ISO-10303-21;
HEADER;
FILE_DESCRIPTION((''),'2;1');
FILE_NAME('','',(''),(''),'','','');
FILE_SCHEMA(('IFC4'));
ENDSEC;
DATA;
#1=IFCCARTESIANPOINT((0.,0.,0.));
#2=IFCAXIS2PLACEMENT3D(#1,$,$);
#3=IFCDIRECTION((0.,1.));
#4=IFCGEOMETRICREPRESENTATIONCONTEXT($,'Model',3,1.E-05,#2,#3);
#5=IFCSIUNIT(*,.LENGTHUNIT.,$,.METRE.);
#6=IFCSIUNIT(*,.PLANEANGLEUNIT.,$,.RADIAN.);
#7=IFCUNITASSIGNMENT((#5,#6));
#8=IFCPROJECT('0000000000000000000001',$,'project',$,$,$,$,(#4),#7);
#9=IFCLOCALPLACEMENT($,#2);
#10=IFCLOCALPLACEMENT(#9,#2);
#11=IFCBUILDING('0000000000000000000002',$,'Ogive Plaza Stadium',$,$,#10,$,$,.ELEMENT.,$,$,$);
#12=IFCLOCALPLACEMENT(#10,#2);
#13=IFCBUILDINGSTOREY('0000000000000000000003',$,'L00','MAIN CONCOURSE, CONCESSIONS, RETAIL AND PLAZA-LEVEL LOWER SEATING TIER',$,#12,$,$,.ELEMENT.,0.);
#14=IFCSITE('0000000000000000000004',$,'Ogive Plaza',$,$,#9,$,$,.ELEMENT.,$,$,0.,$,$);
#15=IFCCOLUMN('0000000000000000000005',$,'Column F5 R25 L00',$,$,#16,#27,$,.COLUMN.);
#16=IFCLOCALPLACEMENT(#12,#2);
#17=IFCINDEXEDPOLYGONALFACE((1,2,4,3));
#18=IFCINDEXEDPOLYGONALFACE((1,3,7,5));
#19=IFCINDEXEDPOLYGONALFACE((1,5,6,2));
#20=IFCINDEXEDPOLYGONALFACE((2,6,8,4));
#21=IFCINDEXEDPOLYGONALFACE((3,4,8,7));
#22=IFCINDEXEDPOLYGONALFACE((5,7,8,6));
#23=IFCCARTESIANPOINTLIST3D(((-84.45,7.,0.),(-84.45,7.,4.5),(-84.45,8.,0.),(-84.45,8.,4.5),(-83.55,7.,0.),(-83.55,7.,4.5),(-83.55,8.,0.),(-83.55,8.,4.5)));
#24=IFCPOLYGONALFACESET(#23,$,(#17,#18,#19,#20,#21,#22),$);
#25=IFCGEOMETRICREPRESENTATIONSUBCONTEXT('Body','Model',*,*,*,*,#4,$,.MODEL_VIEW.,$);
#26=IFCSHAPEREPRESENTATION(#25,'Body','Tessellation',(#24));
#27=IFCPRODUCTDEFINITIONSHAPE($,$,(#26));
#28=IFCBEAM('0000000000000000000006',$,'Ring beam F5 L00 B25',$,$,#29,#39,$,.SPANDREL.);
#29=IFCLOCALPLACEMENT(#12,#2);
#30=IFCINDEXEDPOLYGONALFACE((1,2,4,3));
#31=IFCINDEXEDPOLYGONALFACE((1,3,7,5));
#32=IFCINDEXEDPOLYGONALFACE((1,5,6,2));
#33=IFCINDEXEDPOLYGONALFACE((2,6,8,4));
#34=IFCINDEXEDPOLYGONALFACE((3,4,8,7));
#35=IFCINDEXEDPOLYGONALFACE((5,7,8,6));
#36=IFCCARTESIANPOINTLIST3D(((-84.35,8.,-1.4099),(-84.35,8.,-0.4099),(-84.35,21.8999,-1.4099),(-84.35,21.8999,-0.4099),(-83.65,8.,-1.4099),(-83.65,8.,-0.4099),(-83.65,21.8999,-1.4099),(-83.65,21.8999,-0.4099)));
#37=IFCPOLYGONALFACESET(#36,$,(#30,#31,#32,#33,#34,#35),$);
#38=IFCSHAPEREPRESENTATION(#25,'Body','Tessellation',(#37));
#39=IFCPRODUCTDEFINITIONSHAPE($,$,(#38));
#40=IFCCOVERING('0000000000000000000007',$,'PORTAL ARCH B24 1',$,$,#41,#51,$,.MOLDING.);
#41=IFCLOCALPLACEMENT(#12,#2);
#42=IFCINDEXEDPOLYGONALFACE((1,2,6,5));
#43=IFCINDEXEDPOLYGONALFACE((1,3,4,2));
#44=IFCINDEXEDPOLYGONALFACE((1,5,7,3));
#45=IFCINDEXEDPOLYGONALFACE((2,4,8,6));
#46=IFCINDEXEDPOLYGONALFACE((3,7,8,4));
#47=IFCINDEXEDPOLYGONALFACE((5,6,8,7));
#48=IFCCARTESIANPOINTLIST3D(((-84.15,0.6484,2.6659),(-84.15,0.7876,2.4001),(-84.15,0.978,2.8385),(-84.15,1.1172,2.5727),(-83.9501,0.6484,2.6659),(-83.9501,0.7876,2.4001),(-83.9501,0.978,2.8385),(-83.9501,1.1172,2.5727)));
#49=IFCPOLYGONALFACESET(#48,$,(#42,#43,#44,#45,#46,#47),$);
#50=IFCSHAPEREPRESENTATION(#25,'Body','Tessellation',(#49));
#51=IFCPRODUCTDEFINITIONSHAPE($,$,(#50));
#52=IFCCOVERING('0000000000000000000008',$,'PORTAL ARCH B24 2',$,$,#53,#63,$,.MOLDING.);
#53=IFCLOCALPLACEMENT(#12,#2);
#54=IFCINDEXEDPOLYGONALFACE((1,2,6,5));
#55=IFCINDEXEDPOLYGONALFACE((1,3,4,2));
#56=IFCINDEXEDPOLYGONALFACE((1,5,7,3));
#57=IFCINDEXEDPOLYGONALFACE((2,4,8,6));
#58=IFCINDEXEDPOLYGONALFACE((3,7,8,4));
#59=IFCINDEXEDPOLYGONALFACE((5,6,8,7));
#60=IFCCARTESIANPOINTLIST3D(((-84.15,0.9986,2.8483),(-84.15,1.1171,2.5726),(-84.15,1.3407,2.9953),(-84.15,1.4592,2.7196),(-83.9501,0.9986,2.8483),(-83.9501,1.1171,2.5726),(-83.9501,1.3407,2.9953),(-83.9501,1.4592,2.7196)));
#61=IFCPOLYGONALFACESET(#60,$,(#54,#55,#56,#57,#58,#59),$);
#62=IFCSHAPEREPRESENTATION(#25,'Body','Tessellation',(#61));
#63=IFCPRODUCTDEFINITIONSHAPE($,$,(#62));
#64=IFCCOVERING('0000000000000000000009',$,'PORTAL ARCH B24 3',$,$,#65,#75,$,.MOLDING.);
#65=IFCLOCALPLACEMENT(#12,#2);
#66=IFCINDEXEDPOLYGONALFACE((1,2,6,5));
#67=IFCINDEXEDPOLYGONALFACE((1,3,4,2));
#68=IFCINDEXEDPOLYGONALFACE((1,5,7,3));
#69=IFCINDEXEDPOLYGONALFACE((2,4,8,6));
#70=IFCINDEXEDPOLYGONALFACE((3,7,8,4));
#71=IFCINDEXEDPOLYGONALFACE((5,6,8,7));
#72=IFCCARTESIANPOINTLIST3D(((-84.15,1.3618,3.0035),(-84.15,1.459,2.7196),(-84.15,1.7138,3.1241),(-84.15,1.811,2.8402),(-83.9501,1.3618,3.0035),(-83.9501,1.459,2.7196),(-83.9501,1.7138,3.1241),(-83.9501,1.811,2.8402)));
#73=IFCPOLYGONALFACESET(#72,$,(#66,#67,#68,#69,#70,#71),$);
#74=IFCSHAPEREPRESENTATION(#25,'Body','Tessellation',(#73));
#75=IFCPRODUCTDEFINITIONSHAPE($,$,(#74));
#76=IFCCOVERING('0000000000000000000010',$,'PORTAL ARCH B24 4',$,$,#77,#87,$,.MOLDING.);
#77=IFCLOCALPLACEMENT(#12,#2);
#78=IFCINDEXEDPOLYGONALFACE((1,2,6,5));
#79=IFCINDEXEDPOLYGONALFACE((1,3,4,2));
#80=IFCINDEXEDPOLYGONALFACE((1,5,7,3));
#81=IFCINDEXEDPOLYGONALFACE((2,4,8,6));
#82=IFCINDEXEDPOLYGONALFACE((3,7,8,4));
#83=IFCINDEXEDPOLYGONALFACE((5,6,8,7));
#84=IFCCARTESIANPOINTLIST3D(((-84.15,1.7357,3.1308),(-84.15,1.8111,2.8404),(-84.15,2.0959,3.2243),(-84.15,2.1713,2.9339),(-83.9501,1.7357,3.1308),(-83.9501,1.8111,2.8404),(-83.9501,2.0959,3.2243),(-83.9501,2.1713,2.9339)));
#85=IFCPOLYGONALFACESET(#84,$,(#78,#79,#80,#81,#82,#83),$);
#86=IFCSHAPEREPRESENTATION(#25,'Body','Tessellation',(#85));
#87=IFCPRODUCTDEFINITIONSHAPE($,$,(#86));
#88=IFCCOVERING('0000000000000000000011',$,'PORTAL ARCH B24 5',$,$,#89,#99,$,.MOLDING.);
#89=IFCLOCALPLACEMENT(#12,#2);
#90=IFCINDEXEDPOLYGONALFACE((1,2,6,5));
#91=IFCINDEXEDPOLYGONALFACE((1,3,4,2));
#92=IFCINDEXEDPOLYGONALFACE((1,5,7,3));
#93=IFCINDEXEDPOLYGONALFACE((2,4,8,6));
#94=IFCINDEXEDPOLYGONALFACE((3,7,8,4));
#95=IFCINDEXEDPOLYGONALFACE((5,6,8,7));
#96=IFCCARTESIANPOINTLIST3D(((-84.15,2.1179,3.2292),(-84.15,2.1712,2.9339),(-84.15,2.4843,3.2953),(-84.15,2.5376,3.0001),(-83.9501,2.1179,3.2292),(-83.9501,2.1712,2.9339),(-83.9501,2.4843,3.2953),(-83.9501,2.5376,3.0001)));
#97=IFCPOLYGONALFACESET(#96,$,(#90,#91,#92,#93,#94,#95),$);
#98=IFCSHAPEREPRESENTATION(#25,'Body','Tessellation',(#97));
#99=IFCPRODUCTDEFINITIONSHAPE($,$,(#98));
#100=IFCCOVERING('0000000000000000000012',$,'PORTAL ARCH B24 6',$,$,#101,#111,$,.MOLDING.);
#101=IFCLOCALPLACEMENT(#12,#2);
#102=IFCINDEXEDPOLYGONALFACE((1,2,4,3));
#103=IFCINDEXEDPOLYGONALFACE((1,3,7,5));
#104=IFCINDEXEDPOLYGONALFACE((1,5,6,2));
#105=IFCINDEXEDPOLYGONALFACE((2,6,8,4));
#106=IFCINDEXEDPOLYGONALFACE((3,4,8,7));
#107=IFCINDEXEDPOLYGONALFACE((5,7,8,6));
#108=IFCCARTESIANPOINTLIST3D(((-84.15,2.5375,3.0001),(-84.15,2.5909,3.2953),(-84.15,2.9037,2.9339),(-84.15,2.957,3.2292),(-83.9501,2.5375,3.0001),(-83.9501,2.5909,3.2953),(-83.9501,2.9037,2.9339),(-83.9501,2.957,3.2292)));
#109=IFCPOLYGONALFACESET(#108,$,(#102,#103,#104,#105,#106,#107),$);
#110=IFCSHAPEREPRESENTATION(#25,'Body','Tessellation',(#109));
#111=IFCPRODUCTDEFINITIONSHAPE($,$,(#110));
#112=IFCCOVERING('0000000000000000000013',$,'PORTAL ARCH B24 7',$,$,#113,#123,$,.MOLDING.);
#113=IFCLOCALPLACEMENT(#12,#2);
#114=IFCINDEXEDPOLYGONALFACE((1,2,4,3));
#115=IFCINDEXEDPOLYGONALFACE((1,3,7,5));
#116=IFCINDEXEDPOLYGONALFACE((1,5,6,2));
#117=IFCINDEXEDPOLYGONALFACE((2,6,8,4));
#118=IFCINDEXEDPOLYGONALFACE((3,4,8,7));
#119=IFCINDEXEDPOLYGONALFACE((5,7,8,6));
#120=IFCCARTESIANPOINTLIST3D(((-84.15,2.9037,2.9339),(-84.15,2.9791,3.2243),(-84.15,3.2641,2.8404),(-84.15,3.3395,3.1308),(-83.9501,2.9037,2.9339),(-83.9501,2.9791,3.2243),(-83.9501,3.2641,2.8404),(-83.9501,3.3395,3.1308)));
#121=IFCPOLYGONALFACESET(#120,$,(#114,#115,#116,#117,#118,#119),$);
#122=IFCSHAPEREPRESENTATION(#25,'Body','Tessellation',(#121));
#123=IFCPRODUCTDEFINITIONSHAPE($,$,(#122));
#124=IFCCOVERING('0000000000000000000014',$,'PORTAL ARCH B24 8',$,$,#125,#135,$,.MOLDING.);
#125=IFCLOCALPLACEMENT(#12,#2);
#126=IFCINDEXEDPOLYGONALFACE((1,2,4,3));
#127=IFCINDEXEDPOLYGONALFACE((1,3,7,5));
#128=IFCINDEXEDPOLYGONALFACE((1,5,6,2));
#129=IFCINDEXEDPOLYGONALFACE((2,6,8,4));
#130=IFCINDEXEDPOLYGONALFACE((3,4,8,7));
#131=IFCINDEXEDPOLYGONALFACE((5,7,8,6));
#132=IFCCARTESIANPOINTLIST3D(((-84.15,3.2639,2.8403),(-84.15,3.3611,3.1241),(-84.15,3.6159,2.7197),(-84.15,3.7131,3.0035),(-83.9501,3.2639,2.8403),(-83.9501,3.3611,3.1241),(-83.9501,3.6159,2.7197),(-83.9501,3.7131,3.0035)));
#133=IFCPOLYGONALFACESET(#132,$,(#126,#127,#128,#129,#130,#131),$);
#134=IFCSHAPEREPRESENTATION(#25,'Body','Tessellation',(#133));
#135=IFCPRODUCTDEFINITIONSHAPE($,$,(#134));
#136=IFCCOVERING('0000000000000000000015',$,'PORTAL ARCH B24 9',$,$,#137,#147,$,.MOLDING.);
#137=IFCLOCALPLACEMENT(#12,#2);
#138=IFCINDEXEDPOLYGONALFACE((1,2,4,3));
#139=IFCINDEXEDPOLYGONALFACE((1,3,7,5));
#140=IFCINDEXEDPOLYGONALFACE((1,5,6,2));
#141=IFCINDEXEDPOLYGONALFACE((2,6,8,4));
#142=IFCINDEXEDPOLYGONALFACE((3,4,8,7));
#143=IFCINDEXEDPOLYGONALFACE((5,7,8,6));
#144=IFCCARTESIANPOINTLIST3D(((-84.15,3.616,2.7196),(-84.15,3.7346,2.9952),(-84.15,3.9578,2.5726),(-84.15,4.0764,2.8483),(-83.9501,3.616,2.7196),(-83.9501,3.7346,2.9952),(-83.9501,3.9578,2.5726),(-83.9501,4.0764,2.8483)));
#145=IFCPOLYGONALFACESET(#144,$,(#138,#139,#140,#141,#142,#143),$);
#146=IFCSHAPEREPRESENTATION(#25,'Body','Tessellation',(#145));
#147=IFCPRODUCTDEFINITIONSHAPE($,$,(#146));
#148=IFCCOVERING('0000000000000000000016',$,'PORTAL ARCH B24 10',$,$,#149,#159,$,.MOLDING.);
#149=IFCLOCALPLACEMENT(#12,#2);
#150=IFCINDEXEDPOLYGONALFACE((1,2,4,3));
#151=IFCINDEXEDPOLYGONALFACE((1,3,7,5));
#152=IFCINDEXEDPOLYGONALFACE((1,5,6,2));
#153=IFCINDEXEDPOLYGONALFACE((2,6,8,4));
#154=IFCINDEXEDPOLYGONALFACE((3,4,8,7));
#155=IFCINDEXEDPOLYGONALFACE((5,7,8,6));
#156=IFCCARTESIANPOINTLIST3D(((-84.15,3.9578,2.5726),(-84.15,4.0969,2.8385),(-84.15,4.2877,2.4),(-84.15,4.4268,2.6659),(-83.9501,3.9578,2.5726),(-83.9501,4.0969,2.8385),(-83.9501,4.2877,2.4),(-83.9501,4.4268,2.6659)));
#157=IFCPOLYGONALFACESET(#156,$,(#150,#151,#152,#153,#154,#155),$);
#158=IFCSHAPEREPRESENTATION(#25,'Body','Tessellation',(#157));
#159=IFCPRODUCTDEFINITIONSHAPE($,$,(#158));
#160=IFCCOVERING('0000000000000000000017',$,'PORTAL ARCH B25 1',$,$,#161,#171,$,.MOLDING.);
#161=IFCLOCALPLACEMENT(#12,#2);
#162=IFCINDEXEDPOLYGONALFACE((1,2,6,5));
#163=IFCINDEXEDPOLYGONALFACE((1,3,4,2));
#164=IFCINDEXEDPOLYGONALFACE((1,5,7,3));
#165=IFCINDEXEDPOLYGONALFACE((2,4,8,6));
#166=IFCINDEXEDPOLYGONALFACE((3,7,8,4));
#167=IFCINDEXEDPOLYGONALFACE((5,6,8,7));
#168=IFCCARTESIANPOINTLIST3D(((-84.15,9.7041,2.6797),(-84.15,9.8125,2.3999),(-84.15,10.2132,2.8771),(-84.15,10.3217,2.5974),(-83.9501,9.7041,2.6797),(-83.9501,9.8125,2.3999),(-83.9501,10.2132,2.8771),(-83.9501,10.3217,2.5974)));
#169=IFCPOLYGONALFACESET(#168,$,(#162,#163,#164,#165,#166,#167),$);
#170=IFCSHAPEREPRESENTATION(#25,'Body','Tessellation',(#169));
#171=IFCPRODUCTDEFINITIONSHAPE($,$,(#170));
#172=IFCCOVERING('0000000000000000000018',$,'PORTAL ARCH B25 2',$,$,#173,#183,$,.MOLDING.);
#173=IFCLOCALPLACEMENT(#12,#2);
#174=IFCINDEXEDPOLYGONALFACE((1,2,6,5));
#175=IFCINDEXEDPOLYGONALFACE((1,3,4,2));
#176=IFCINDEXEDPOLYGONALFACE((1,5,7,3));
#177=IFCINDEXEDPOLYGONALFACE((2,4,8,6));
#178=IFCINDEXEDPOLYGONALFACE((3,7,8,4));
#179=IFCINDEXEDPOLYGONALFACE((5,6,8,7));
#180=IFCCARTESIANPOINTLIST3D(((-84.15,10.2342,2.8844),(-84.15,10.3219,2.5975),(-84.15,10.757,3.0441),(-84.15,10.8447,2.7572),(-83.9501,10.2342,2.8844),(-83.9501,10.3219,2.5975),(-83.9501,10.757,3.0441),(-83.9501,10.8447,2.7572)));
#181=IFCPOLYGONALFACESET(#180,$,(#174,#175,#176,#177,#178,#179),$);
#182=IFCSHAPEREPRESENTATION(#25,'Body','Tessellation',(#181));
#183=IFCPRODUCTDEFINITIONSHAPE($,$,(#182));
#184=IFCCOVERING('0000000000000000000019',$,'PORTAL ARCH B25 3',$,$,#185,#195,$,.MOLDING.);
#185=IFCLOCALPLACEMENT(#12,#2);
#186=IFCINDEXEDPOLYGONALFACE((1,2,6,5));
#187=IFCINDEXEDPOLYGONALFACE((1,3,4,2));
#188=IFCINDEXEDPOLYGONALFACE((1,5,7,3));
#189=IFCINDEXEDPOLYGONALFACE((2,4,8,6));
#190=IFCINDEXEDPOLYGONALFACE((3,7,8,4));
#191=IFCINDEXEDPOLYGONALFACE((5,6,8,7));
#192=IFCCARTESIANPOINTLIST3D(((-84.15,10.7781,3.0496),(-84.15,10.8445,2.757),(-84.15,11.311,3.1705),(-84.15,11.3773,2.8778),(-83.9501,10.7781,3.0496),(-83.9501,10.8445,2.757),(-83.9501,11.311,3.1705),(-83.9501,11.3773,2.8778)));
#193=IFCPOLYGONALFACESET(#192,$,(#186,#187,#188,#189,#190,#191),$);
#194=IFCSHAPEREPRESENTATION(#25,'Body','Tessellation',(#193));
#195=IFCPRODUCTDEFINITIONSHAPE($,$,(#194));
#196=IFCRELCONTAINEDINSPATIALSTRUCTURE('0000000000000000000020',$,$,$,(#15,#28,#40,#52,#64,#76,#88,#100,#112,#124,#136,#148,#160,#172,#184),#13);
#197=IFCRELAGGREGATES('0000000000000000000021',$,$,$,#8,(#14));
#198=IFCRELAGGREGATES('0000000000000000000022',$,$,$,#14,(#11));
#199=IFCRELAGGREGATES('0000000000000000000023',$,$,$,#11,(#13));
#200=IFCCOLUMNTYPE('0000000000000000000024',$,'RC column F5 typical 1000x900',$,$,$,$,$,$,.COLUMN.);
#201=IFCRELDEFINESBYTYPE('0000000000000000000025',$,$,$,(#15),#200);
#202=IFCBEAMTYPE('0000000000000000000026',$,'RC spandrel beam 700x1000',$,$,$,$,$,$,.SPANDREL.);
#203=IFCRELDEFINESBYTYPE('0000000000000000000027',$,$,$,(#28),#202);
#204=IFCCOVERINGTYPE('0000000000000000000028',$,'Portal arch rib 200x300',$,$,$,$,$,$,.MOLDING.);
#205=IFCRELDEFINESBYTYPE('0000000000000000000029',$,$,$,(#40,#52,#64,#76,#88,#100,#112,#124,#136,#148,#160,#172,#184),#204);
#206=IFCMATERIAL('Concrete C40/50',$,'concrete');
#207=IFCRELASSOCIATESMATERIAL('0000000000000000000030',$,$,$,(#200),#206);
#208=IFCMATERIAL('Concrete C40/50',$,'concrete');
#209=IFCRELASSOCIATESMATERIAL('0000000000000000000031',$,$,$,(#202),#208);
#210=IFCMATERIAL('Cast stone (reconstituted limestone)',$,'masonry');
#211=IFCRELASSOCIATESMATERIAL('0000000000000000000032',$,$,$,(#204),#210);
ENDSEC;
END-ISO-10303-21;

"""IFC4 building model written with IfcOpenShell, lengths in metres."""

from ifc_helpers import new_model, si_unit, direction, frame, origin, origin_2d, place, context, subcontext, project, spatial, rectangle, extrude, material, material_profile, profile_set, type_object, element, save


model = new_model("IFC4")

# Units and contexts
model_context = context("Model", 3, precision=1e-05, world=origin(), true_north=direction((0.0, 1.0)))
body_context = subcontext(model_context, "Body", "Model", "MODEL_VIEW")
ifc_project = project(units=[si_unit("LENGTHUNIT", "METRE"), si_unit("PLANEANGLEUNIT", "RADIAN")], contexts=[model_context])

# Site, building, storey
site_placement = place(None, origin())
site = spatial("IfcSite", under=ifc_project, at=site_placement, Name="Ogive Plaza", CompositionType="ELEMENT", RefElevation=0.0)
building_placement = place(site_placement, origin())
building = spatial("IfcBuilding", under=site, at=building_placement, Name="Ogive Plaza Stadium", CompositionType="ELEMENT")
storey_placement = place(building_placement, origin())
storey = spatial("IfcBuildingStorey", under=building, at=storey_placement, Name="L00", Description="MAIN CONCOURSE, CONCESSIONS, RETAIL AND PLAZA-LEVEL LOWER SEATING TIER", CompositionType="ELEMENT", Elevation=0.0)

# Column
ifc_material_1 = material(Name="Concrete C40/50", Category="concrete")
ifc_material_profile_1 = material_profile(ifc_material_1, rectangle(XDim=1.0, YDim=0.8999, at=origin_2d()), Name="RC 1000x900")
ifc_profile_set_1 = profile_set([ifc_material_profile_1], Name="Concrete C40/50")
column_type = type_object("IfcColumnType", Name="RC column F5 typical 1000x900", PredefinedType="COLUMN", material=ifc_profile_set_1)
column_placement = place(storey_placement, frame((-84.0, 7.5, 0.0), z_axis=(0.0, 0.0, 1.0), x_axis=(0.0, -1.0, 0.0)))
element("IfcColumn", 1, at=column_placement, inside=storey, type_object=column_type, Name="Column F5 R25 L00", PredefinedType="COLUMN", context=body_context, shape_type="SweptSolid", body=[
    extrude(rectangle(XDim=1.0, YDim=0.8999, at=origin_2d()), origin(), (0.0, 0.0, 1.0), 4.5),
])

# Beam
ifc_material_2 = material(Name="Concrete C40/50", Category="concrete")
ifc_material_profile_2 = material_profile(ifc_material_2, rectangle(XDim=0.7, YDim=1.0, at=origin_2d()), Name="RC 700x1000")
ifc_profile_set_2 = profile_set([ifc_material_profile_2], Name="Concrete C40/50")
beam_type = type_object("IfcBeamType", Name="RC spandrel beam 700x1000", PredefinedType="SPANDREL", material=ifc_profile_set_2)
beam_placement = place(storey_placement, frame((-84.0, 8.0, -0.9099), z_axis=(0.0, 1.0, 0.0), x_axis=(-1.0, 0.0, 0.0)))
element("IfcBeam", 2, at=beam_placement, inside=storey, type_object=beam_type, Name="Ring beam F5 L00 B25", PredefinedType="SPANDREL", context=body_context, shape_type="SweptSolid", body=[
    extrude(rectangle(XDim=0.7, YDim=1.0, at=origin_2d()), origin(), (0.0, 0.0, 1.0), 13.8999),
])

# Coverings
ifc_material_3 = material(Name="Cast stone (reconstituted limestone)", Category="masonry")
ifc_material_profile_3 = material_profile(ifc_material_3, rectangle(XDim=0.2, YDim=0.3, at=origin_2d()), Name="Cast stone 200x300")
ifc_profile_set_3 = profile_set([ifc_material_profile_3], Name="Cast stone (reconstituted limestone)")
covering_type = type_object("IfcCoveringType", Name="Portal arch rib 200x300", PredefinedType="MOLDING", material=ifc_profile_set_3)
covering_1_placement = place(storey_placement, frame((-84.05, 0.718, 2.533), z_axis=(0.0, 0.88587, 0.463933), x_axis=(-1.0, 0.0, 0.0)))
element("IfcCovering", 3, at=covering_1_placement, inside=storey, type_object=covering_type, Name="PORTAL ARCH B24 1", PredefinedType="MOLDING", context=body_context, shape_type="SweptSolid", body=[
    extrude(rectangle(XDim=0.2, YDim=0.3, at=origin_2d()), origin(), (0.0, 0.0, 1.0), 0.3721),
])
covering_2_placement = place(storey_placement, frame((-84.05, 1.0579, 2.7104), z_axis=(0.0, 0.918771, 0.39479), x_axis=(-1.0, 0.0, 0.0)))
element("IfcCovering", 4, at=covering_2_placement, inside=storey, type_object=covering_type, Name="PORTAL ARCH B24 2", PredefinedType="MOLDING", context=body_context, shape_type="SweptSolid", body=[
    extrude(rectangle(XDim=0.2, YDim=0.3, at=origin_2d()), origin(), (0.0, 0.0, 1.0), 0.3723),
])
for number, where, z_axis, x_axis, name in (
    (5, (-84.05, 1.4104, 2.8616), (0.0, 0.946026, 0.324089), (-1.0, 0.0, 0.0), "PORTAL ARCH B24 3"),
    (6, (-84.05, 1.7734, 2.9856), (0.0, 0.967902, 0.251327), (-1.0, 0.0, 0.0), "PORTAL ARCH B24 4"),
):
    element("IfcCovering", number, at=place(storey_placement, frame(where, z_axis=z_axis, x_axis=x_axis)), inside=storey, type_object=covering_type, Name=name, PredefinedType="MOLDING", context=body_context, shape_type="SweptSolid", body=[
        extrude(rectangle(XDim=0.2, YDim=0.3, at=origin_2d()), origin(), (0.0, 0.0, 1.0), 0.3721),
    ])
covering_3_placement = place(storey_placement, frame((-84.05, 2.1445, 3.0815), z_axis=(0.0, 0.984089, 0.177674), x_axis=(-1.0, 0.0, 0.0)))
element("IfcCovering", 7, at=covering_3_placement, inside=storey, type_object=covering_type, Name="PORTAL ARCH B24 5", PredefinedType="MOLDING", context=body_context, shape_type="SweptSolid", body=[
    extrude(rectangle(XDim=0.2, YDim=0.3, at=origin_2d()), origin(), (0.0, 0.0, 1.0), 0.3723),
])
covering_4_placement = place(storey_placement, frame((-84.05, 2.5642, 3.1477), z_axis=(0.0, 0.984069, -0.177788), x_axis=(-1.0, 0.0, 0.0)))
element("IfcCovering", 8, at=covering_4_placement, inside=storey, type_object=covering_type, Name="PORTAL ARCH B24 6", PredefinedType="MOLDING", context=body_context, shape_type="SweptSolid", body=[
    extrude(rectangle(XDim=0.2, YDim=0.3, at=origin_2d()), origin(), (0.0, 0.0, 1.0), 0.3721),
])
covering_5_placement = place(storey_placement, frame((-84.05, 2.9414, 3.0791), z_axis=(0.0, 0.967944, -0.251167), x_axis=(-1.0, 0.0, 0.0)))
element("IfcCovering", 9, at=covering_5_placement, inside=storey, type_object=covering_type, Name="PORTAL ARCH B24 7", PredefinedType="MOLDING", context=body_context, shape_type="SweptSolid", body=[
    extrude(rectangle(XDim=0.2, YDim=0.3, at=origin_2d()), origin(), (0.0, 0.0, 1.0), 0.3723),
])
for number, where, z_axis, x_axis, name in (
    (10, (-84.05, 3.3125, 2.9822), (0.0, 0.946026, -0.324089), (-1.0, 0.0, 0.0), "PORTAL ARCH B24 8"),
    (11, (-84.05, 3.6753, 2.8574), (0.0, 0.918669, -0.395028), (-1.0, 0.0, 0.0), "PORTAL ARCH B24 9"),
):
    element("IfcCovering", number, at=place(storey_placement, frame(where, z_axis=z_axis, x_axis=x_axis)), inside=storey, type_object=covering_type, Name=name, PredefinedType="MOLDING", context=body_context, shape_type="SweptSolid", body=[
        extrude(rectangle(XDim=0.2, YDim=0.3, at=origin_2d()), origin(), (0.0, 0.0, 1.0), 0.3721),
    ])
covering_6_placement = place(storey_placement, frame((-84.05, 4.0273, 2.7056), z_axis=(0.0, 0.886011, -0.463664), x_axis=(-1.0, 0.0, 0.0)))
element("IfcCovering", 12, at=covering_6_placement, inside=storey, type_object=covering_type, Name="PORTAL ARCH B24 10", PredefinedType="MOLDING", context=body_context, shape_type="SweptSolid", body=[
    extrude(rectangle(XDim=0.2, YDim=0.3, at=origin_2d()), origin(), (0.0, 0.0, 1.0), 0.3723),
])
covering_7_placement = place(storey_placement, frame((-84.05, 9.7583, 2.5398), z_axis=(0.0, 0.93234, 0.361583), x_axis=(-1.0, 0.0, 0.0)))
element("IfcCovering", 13, at=covering_7_placement, inside=storey, type_object=covering_type, Name="PORTAL ARCH B25 1", PredefinedType="MOLDING", context=body_context, shape_type="SweptSolid", body=[
    extrude(rectangle(XDim=0.2, YDim=0.3, at=origin_2d()), origin(), (0.0, 0.0, 1.0), 0.5461),
])
covering_8_placement = place(storey_placement, frame((-84.05, 10.2781, 2.741), z_axis=(0.0, 0.956376, 0.292139), x_axis=(-1.0, 0.0, 0.0)))
element("IfcCovering", 14, at=covering_8_placement, inside=storey, type_object=covering_type, Name="PORTAL ARCH B25 2", PredefinedType="MOLDING", context=body_context, shape_type="SweptSolid", body=[
    extrude(rectangle(XDim=0.2, YDim=0.3, at=origin_2d()), origin(), (0.0, 0.0, 1.0), 0.5466),
])
covering_9_placement = place(storey_placement, frame((-84.05, 10.8113, 2.9033), z_axis=(0.0, 0.975242, 0.221138), x_axis=(-1.0, 0.0, 0.0)))
element("IfcCovering", 15, at=covering_9_placement, inside=storey, type_object=covering_type, Name="PORTAL ARCH B25 3", PredefinedType="MOLDING", context=body_context, shape_type="SweptSolid", body=[
    extrude(rectangle(XDim=0.2, YDim=0.3, at=origin_2d()), origin(), (0.0, 0.0, 1.0), 0.5464),
])

save(model, "model.ifc")
